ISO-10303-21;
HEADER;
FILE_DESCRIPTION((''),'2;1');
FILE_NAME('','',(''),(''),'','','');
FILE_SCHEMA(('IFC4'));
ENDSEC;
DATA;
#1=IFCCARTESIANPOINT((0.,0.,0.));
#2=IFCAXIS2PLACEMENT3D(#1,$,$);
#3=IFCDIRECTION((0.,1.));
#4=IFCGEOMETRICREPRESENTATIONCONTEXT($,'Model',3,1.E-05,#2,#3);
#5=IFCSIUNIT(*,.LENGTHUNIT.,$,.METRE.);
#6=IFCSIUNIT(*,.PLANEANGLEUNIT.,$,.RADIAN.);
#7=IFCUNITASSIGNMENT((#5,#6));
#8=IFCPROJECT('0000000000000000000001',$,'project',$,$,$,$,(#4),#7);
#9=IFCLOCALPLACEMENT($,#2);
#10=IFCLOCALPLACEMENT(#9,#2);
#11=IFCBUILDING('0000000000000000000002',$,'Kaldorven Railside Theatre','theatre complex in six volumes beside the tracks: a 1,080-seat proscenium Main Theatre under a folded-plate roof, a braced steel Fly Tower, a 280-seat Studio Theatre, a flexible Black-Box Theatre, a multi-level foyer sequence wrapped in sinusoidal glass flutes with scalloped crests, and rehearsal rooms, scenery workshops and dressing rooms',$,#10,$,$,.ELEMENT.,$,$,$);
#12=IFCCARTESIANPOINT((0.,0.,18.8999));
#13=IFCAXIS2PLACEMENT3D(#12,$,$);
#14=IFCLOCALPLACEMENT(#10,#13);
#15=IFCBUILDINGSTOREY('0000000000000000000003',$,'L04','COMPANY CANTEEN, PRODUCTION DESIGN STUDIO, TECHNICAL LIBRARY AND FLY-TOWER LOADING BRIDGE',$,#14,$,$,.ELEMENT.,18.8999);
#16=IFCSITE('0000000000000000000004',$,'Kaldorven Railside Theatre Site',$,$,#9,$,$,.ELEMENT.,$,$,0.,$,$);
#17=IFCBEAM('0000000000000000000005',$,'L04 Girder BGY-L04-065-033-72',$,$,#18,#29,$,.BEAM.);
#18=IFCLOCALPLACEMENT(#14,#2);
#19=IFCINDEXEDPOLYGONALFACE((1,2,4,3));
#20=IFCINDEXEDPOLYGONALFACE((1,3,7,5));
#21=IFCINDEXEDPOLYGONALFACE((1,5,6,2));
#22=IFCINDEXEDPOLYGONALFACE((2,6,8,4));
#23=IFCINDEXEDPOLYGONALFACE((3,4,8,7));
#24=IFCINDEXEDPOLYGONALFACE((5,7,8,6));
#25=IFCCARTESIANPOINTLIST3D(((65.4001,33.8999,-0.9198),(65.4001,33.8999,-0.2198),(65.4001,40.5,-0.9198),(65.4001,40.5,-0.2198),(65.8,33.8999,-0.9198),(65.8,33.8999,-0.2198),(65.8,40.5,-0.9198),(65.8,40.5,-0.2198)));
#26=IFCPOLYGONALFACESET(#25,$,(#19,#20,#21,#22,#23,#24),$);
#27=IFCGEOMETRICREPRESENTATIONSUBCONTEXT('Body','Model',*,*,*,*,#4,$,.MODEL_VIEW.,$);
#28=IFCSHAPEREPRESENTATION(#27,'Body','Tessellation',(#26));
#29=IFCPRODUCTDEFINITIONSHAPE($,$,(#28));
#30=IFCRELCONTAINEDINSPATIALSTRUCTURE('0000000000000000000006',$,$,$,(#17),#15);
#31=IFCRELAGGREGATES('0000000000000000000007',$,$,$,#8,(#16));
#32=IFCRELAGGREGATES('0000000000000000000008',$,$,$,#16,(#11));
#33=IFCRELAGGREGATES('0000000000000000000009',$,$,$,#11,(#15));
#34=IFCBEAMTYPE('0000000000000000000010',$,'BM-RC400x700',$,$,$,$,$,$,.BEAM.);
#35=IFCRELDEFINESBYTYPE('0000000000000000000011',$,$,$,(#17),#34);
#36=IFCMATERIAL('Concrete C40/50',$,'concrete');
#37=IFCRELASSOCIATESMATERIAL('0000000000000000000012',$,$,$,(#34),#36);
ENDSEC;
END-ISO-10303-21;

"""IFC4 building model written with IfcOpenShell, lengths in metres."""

from ifc_helpers import new_model, si_unit, direction, frame, origin, origin_2d, place, context, subcontext, project, spatial, rectangle, extrude, material, material_profile, profile_set, type_object, element, save


model = new_model("IFC4")

# Units and contexts
model_context = context("Model", 3, precision=1e-05, world=origin(), true_north=direction((0.0, 1.0)))
body_context = subcontext(model_context, "Body", "Model", "MODEL_VIEW")
ifc_project = project(units=[si_unit("LENGTHUNIT", "METRE"), si_unit("PLANEANGLEUNIT", "RADIAN")], contexts=[model_context])

# Site, building, storey
site_placement = place(None, origin())
site = spatial("IfcSite", under=ifc_project, at=site_placement, Name="Kaldorven Railside Theatre Site", CompositionType="ELEMENT", RefElevation=0.0)
building_placement = place(site_placement, origin())
building = spatial("IfcBuilding", under=site, at=building_placement, Name="Kaldorven Railside Theatre", Description="theatre complex in six volumes beside the tracks: a 1,080-seat proscenium Main Theatre under a folded-plate roof, a braced steel Fly Tower, a 280-seat Studio Theatre, a flexible Black-Box Theatre, a multi-level foyer sequence wrapped in sinusoidal glass flutes with scalloped crests, and rehearsal rooms, scenery workshops and dressing rooms", CompositionType="ELEMENT")
storey_placement = place(building_placement, frame((0.0, 0.0, 18.8999)))
storey = spatial("IfcBuildingStorey", under=building, at=storey_placement, Name="L04", Description="COMPANY CANTEEN, PRODUCTION DESIGN STUDIO, TECHNICAL LIBRARY AND FLY-TOWER LOADING BRIDGE", CompositionType="ELEMENT", Elevation=18.8999)

# Beam
ifc_material_1 = material(Name="Concrete C40/50", Category="concrete")
ifc_material_profile_1 = material_profile(ifc_material_1, rectangle(XDim=0.3999, YDim=0.7, at=origin_2d()), Name="RC 400x700")
ifc_profile_set_1 = profile_set([ifc_material_profile_1], Name="Concrete C40/50")
beam_type_1 = type_object("IfcBeamType", Name="BM-RC400x700", PredefinedType="BEAM", material=ifc_profile_set_1)
for number, where, z_axis, x_axis, name in (
    (1, (65.6001, 33.8999, -0.5698), (0.0, 1.0, 0.0), (-1.0, 0.0, 0.0), "L04 Girder BGY-L04-065-033-72"),
):
    element("IfcBeam", number, at=place(storey_placement, frame(where, z_axis=z_axis, x_axis=x_axis)), inside=storey, type_object=beam_type_1, Name=name, PredefinedType="BEAM", context=body_context, shape_type="SweptSolid", body=[
        extrude(rectangle(XDim=0.3999, YDim=0.7, at=origin_2d()), origin(), (0.0, 0.0, 1.0), 6.6001),
    ])

save(model, "model.ifc")
